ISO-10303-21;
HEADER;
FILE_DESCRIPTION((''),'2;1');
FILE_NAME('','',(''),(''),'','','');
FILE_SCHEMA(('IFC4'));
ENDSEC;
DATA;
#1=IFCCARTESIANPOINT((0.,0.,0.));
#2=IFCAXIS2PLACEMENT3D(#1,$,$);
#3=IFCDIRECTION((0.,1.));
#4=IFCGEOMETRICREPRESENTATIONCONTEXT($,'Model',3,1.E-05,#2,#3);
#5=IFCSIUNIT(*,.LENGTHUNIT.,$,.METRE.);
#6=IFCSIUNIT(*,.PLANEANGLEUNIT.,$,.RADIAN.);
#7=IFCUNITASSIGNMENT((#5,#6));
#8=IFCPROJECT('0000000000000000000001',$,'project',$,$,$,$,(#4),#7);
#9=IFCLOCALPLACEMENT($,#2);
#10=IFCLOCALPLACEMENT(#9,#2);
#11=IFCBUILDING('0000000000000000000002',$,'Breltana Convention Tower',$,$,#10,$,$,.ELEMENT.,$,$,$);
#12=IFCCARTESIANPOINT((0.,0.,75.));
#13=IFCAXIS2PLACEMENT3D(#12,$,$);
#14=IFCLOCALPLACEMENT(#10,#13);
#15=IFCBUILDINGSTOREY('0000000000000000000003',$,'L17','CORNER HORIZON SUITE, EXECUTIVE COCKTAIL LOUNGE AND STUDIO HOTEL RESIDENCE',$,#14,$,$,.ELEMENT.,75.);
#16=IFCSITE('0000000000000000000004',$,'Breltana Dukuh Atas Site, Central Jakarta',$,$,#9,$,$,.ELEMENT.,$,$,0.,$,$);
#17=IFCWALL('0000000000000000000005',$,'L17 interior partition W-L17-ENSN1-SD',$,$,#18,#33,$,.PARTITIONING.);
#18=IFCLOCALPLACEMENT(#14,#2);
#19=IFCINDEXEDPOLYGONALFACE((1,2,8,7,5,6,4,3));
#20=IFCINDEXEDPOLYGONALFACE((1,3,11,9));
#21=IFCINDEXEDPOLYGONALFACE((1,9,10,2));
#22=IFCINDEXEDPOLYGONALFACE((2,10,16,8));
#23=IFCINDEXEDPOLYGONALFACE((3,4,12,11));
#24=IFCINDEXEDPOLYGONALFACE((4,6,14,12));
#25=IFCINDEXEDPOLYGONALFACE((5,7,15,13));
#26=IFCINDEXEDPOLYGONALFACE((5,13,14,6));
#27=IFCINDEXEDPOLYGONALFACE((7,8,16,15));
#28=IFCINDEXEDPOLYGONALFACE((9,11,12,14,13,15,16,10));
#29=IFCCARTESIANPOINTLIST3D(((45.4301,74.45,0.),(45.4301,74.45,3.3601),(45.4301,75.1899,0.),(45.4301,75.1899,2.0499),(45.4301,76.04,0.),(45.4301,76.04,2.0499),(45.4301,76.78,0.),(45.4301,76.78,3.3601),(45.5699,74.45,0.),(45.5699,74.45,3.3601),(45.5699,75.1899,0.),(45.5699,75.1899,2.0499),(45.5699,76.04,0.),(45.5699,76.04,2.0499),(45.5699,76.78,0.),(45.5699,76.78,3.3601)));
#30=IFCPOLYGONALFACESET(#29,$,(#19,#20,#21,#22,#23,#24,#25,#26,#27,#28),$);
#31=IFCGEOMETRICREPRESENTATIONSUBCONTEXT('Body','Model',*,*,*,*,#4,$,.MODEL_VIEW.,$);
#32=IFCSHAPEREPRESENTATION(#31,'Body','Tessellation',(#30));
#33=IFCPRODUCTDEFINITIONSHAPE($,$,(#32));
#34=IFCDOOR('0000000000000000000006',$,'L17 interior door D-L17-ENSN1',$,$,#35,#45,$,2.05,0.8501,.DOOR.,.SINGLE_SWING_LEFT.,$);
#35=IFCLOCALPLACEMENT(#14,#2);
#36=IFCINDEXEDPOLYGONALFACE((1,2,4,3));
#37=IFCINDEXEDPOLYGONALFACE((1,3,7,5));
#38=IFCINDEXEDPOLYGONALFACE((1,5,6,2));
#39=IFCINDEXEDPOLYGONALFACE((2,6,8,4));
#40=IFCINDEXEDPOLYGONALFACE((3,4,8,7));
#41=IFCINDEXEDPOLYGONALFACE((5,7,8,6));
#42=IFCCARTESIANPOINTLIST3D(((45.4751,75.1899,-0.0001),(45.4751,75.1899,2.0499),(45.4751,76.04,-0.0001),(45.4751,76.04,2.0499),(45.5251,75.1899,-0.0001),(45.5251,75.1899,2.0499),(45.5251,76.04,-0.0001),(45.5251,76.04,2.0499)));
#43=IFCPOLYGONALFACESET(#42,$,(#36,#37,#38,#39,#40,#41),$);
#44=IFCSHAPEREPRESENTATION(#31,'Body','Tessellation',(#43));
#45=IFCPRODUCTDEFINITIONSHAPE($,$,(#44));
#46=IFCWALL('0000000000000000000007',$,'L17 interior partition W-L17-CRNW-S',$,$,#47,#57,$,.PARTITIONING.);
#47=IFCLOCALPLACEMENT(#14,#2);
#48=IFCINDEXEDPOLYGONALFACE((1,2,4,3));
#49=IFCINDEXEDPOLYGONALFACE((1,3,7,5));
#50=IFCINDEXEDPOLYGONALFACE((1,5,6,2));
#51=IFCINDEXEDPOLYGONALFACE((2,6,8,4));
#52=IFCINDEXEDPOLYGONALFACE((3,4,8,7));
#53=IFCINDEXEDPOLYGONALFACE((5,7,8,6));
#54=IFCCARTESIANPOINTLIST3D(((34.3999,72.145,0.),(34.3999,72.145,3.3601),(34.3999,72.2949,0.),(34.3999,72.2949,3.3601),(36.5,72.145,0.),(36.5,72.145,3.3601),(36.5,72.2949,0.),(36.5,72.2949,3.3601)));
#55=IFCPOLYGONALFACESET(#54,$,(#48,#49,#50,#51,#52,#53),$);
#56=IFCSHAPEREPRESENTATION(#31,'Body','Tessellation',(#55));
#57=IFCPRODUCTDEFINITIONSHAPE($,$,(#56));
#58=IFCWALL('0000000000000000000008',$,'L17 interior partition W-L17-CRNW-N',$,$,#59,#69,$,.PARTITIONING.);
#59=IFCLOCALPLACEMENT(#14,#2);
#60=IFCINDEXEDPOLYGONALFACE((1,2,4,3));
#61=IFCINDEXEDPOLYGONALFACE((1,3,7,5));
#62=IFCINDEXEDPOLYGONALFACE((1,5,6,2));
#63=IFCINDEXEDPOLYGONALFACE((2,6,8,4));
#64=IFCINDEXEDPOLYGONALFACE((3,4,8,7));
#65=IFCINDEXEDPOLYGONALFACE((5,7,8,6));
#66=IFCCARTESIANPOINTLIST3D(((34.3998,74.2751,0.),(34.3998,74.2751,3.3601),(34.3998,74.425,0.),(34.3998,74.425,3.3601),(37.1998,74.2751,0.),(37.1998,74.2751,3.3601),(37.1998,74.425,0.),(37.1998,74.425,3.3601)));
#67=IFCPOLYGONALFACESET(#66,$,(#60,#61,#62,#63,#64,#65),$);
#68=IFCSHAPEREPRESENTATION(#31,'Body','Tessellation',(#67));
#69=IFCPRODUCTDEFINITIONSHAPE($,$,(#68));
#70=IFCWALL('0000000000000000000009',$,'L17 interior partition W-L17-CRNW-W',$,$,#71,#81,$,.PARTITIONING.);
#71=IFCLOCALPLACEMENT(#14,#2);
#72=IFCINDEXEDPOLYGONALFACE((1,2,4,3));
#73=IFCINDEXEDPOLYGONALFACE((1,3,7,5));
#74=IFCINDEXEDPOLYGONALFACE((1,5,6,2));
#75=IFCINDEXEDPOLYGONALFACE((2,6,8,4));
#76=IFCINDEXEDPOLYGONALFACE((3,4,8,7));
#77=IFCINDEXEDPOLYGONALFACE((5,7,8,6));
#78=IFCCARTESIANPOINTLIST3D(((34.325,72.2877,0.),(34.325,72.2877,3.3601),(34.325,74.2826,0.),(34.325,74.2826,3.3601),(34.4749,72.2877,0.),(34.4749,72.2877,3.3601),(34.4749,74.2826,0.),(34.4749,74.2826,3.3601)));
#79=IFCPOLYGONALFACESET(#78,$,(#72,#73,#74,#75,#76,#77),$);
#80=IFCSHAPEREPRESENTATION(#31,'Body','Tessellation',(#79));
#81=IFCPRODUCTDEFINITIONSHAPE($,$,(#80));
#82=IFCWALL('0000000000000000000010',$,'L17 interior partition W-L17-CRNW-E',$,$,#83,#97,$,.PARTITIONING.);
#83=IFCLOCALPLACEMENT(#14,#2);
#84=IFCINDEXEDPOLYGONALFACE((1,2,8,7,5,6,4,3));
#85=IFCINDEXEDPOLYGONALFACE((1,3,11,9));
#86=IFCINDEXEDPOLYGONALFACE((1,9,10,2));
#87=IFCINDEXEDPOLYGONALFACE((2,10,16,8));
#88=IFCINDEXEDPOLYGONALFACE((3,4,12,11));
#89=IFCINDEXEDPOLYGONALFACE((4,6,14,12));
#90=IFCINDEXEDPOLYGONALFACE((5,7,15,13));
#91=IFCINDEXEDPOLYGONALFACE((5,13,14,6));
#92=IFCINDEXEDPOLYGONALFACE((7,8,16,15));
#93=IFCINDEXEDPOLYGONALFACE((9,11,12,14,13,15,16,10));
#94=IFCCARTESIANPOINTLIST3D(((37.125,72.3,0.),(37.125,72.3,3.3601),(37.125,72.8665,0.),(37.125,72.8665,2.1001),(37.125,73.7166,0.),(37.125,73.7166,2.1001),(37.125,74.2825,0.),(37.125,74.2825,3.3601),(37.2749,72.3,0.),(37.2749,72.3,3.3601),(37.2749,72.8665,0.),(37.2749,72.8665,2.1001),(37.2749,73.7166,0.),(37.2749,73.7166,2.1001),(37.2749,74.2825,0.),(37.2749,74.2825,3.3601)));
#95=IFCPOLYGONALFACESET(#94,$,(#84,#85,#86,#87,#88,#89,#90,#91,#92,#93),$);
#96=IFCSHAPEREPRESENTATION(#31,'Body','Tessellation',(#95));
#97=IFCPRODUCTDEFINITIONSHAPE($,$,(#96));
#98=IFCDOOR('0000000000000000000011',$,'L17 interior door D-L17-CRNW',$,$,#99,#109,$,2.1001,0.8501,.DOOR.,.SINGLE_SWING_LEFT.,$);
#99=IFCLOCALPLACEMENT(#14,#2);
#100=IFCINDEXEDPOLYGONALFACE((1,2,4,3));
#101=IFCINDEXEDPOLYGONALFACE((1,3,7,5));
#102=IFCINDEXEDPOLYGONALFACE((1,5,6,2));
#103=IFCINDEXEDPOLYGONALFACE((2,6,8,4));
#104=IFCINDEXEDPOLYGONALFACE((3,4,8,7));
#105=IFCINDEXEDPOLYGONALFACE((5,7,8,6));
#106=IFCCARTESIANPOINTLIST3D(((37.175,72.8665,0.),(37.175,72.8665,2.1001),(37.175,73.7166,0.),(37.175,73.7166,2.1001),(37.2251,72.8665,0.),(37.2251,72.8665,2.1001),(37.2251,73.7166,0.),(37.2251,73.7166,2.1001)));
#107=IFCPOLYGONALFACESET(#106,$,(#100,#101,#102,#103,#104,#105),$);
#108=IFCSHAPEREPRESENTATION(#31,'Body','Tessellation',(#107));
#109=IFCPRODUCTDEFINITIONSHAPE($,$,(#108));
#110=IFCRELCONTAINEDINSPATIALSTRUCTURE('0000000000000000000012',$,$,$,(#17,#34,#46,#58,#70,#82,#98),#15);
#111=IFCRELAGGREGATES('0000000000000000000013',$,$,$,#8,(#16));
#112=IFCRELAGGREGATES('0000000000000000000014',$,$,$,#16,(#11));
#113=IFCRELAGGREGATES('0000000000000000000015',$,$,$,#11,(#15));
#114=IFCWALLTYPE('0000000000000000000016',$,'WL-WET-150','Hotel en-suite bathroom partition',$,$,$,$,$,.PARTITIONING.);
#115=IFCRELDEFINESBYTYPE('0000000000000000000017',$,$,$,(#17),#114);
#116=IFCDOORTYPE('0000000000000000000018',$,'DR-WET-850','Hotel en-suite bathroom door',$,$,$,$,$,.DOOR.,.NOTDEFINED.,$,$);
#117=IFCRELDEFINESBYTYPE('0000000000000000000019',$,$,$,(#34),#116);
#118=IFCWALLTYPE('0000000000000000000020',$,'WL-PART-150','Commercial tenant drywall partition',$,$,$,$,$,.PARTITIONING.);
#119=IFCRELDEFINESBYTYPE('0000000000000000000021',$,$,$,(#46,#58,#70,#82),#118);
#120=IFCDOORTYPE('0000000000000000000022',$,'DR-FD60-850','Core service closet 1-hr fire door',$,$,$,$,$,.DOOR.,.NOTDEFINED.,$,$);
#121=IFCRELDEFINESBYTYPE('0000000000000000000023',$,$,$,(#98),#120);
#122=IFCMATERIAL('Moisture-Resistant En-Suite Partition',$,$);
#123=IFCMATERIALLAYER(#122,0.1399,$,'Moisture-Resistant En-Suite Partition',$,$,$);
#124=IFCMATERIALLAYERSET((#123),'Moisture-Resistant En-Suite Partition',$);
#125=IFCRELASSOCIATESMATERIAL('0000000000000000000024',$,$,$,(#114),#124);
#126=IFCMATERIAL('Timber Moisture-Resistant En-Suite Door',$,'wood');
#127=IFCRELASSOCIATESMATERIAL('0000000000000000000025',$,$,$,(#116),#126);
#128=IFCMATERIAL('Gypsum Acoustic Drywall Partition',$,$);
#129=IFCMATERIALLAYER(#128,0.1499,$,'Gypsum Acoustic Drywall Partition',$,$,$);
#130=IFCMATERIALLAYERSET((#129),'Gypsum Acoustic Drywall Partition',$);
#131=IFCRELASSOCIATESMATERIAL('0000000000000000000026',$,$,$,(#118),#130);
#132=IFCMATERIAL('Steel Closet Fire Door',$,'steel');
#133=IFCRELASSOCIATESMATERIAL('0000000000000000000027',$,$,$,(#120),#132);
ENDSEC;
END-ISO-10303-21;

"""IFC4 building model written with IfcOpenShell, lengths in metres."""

from ifc_helpers import new_model, si_unit, direction, frame, frame_2d, origin, place, context, subcontext, project, spatial, rectangle, extrude, source, transform, mapped, material, layer, layer_set, type_object, type_shapes, element, fill, save


model = new_model("IFC4")

# Units and contexts
model_context = context("Model", 3, precision=1e-05, world=origin(), true_north=direction((0.0, 1.0)))
body_context = subcontext(model_context, "Body", "Model", "MODEL_VIEW")
ifc_project = project(units=[si_unit("LENGTHUNIT", "METRE"), si_unit("PLANEANGLEUNIT", "RADIAN")], contexts=[model_context])

# Site, building, storey
site_placement = place(None, origin())
site = spatial("IfcSite", under=ifc_project, at=site_placement, Name="Breltana Dukuh Atas Site, Central Jakarta", CompositionType="ELEMENT", RefElevation=0.0)
building_placement = place(site_placement, origin())
building = spatial("IfcBuilding", under=site, at=building_placement, Name="Breltana Convention Tower", CompositionType="ELEMENT")
storey_placement = place(building_placement, frame((0.0, 0.0, 75.0)))
storey = spatial("IfcBuildingStorey", under=building, at=storey_placement, Name="L17", Description="CORNER HORIZON SUITE, EXECUTIVE COCKTAIL LOUNGE AND STUDIO HOTEL RESIDENCE", CompositionType="ELEMENT", Elevation=75.0)

# Shared definitions
ifc_material_1 = material(Name="Moisture-Resistant En-Suite Partition")
ifc_layer_1 = layer(ifc_material_1, 0.1399, Name="Moisture-Resistant En-Suite Partition")
ifc_layer_set_1 = layer_set([ifc_layer_1], Name="Moisture-Resistant En-Suite Partition")
wall_type_1 = type_object("IfcWallType", Name="WL-WET-150", Description="Hotel en-suite bathroom partition", PredefinedType="PARTITIONING", material=ifc_layer_set_1)

# Wall, opening, door
shared_shape_1 = source(origin(), body_context, "Body", "SweptSolid", [
    extrude(rectangle(XDim=2.3301, YDim=0.1399, at=frame_2d((1.165, 0.0))), origin(), (0.0, 0.0, 1.0), 3.3601),
])
wall_1_placement = place(storey_placement, frame((45.5, 74.45, 0.0), z_axis=(0.0, 0.0, 1.0), x_axis=(0.0, 1.0, 0.0)))
wall_1 = element("IfcWall", 1, at=wall_1_placement, inside=storey, type_object=wall_type_1, Name="L17 interior partition W-L17-ENSN1-SD", PredefinedType="PARTITIONING", context=body_context, shape_type="MappedRepresentation", body=[
    mapped(shared_shape_1, transform((0.0, 0.0, 0.0), scale=1.0)),
])
opening_1_placement = place(wall_1_placement, frame((0.74, 0.0, 0.0)))
opening_1 = element("IfcOpeningElement", 2, at=opening_1_placement, cuts=wall_1, PredefinedType="OPENING", context=body_context, shape_type="SweptSolid", body=[
    extrude(rectangle(XDim=0.8501, YDim=2.05, at=frame_2d((0.425, 1.0249))), frame((0.0, 0.0801, 0.0), z_axis=(0.0, -1.0, 0.0), x_axis=(1.0, 0.0, 0.0)), (0.0, 0.0, 1.0), 0.1599),
])
ifc_material_2 = material(Name="Timber Moisture-Resistant En-Suite Door", Category="wood")
door_type_1 = type_object("IfcDoorType", Name="DR-WET-850", Description="Hotel en-suite bathroom door", OperationType="NOTDEFINED", PredefinedType="DOOR", material=ifc_material_2)
shared_shape_2 = source(origin(), body_context, "Body", "SweptSolid", [
    extrude(rectangle(XDim=0.8501, YDim=2.05, at=frame_2d((0.425, 1.0249))), frame((0.0, 0.0249, 0.0), z_axis=(0.0, -1.0, 0.0), x_axis=(1.0, 0.0, 0.0)), (0.0, 0.0, 1.0), 0.05),
])
type_shapes(door_type_1, [shared_shape_2])
door_1_placement = place(opening_1_placement, origin())
door_1 = element("IfcDoor", 3, at=door_1_placement, inside=storey, type_object=door_type_1, Name="L17 interior door D-L17-ENSN1", OperationType="SINGLE_SWING_LEFT", OverallHeight=2.05, OverallWidth=0.8501, PredefinedType="DOOR", context=body_context, shape_type="MappedRepresentation", body=[
    mapped(shared_shape_2, transform((0.0, 0.0, 0.0), scale=1.0)),
])
fill(opening_1, door_1)

# Walls
ifc_material_3 = material(Name="Gypsum Acoustic Drywall Partition")
ifc_layer_2 = layer(ifc_material_3, 0.1499, Name="Gypsum Acoustic Drywall Partition")
ifc_layer_set_2 = layer_set([ifc_layer_2], Name="Gypsum Acoustic Drywall Partition")
wall_type_2 = type_object("IfcWallType", Name="WL-PART-150", Description="Commercial tenant drywall partition", PredefinedType="PARTITIONING", material=ifc_layer_set_2)
shared_shape_3 = source(origin(), body_context, "Body", "SweptSolid", [
    extrude(rectangle(XDim=2.1001, YDim=0.1499, at=frame_2d((1.05, 0.0))), origin(), (0.0, 0.0, 1.0), 3.3601),
])
wall_2_placement = place(storey_placement, frame((34.3999, 72.22, 0.0), z_axis=(0.0, 0.0, 1.0), x_axis=(1.0, 0.0, 0.0)))
element("IfcWall", 4, at=wall_2_placement, inside=storey, type_object=wall_type_2, Name="L17 interior partition W-L17-CRNW-S", PredefinedType="PARTITIONING", context=body_context, shape_type="MappedRepresentation", body=[
    mapped(shared_shape_3, transform((0.0, 0.0, 0.0), scale=1.0)),
])
shared_shape_4 = source(origin(), body_context, "Body", "SweptSolid", [
    extrude(rectangle(XDim=2.8, YDim=0.1499, at=frame_2d((1.3999, 0.0))), origin(), (0.0, 0.0, 1.0), 3.3601),
])
wall_3_placement = place(storey_placement, frame((34.3999, 74.3501, 0.0), z_axis=(0.0, 0.0, 1.0), x_axis=(1.0, 0.0, 0.0)))
element("IfcWall", 5, at=wall_3_placement, inside=storey, type_object=wall_type_2, Name="L17 interior partition W-L17-CRNW-N", PredefinedType="PARTITIONING", context=body_context, shape_type="MappedRepresentation", body=[
    mapped(shared_shape_4, transform((0.0, 0.0, 0.0), scale=1.0)),
])
shared_shape_5 = source(origin(), body_context, "Body", "SweptSolid", [
    extrude(rectangle(XDim=1.9949, YDim=0.1499, at=frame_2d((0.9976, 0.0))), origin(), (0.0, 0.0, 1.0), 3.3601),
])
wall_4_placement = place(storey_placement, frame((34.3999, 72.2876, 0.0), z_axis=(0.0, 0.0, 1.0), x_axis=(0.0, 1.0, 0.0)))
element("IfcWall", 6, at=wall_4_placement, inside=storey, type_object=wall_type_2, Name="L17 interior partition W-L17-CRNW-W", PredefinedType="PARTITIONING", context=body_context, shape_type="MappedRepresentation", body=[
    mapped(shared_shape_5, transform((0.0, 0.0, 0.0), scale=1.0)),
])

# Wall, opening, door
shared_shape_6 = source(origin(), body_context, "Body", "SweptSolid", [
    extrude(rectangle(XDim=1.9824, YDim=0.1499, at=frame_2d((0.9912, 0.0))), origin(), (0.0, 0.0, 1.0), 3.3601),
])
wall_5_placement = place(storey_placement, frame((37.2, 72.3, 0.0), z_axis=(0.0, 0.0, 1.0), x_axis=(0.0, 1.0, 0.0)))
wall_5 = element("IfcWall", 7, at=wall_5_placement, inside=storey, type_object=wall_type_2, Name="L17 interior partition W-L17-CRNW-E", PredefinedType="PARTITIONING", context=body_context, shape_type="MappedRepresentation", body=[
    mapped(shared_shape_6, transform((0.0, 0.0, 0.0), scale=1.0)),
])
opening_2_placement = place(wall_5_placement, frame((0.5664, 0.0, 0.0)))
opening_2 = element("IfcOpeningElement", 8, at=opening_2_placement, cuts=wall_5, PredefinedType="OPENING", context=body_context, shape_type="SweptSolid", body=[
    extrude(rectangle(XDim=0.8501, YDim=2.1001, at=frame_2d((0.425, 1.05))), frame((0.0, 0.085, 0.0), z_axis=(0.0, -1.0, 0.0), x_axis=(1.0, 0.0, 0.0)), (0.0, 0.0, 1.0), 0.1699),
])
ifc_material_4 = material(Name="Steel Closet Fire Door", Category="steel")
door_type_2 = type_object("IfcDoorType", Name="DR-FD60-850", Description="Core service closet 1-hr fire door", OperationType="NOTDEFINED", PredefinedType="DOOR", material=ifc_material_4)
shared_shape_7 = source(origin(), body_context, "Body", "SweptSolid", [
    extrude(rectangle(XDim=0.8501, YDim=2.1001, at=frame_2d((0.425, 1.05))), frame((0.0, 0.0249, 0.0), z_axis=(0.0, -1.0, 0.0), x_axis=(1.0, 0.0, 0.0)), (0.0, 0.0, 1.0), 0.05),
])
type_shapes(door_type_2, [shared_shape_7])
door_2_placement = place(opening_2_placement, origin())
door_2 = element("IfcDoor", 9, at=door_2_placement, inside=storey, type_object=door_type_2, Name="L17 interior door D-L17-CRNW", OperationType="SINGLE_SWING_LEFT", OverallHeight=2.1001, OverallWidth=0.8501, PredefinedType="DOOR", context=body_context, shape_type="MappedRepresentation", body=[
    mapped(shared_shape_7, transform((0.0, 0.0, 0.0), scale=1.0)),
])
fill(opening_2, door_2)

save(model, "model.ifc")
